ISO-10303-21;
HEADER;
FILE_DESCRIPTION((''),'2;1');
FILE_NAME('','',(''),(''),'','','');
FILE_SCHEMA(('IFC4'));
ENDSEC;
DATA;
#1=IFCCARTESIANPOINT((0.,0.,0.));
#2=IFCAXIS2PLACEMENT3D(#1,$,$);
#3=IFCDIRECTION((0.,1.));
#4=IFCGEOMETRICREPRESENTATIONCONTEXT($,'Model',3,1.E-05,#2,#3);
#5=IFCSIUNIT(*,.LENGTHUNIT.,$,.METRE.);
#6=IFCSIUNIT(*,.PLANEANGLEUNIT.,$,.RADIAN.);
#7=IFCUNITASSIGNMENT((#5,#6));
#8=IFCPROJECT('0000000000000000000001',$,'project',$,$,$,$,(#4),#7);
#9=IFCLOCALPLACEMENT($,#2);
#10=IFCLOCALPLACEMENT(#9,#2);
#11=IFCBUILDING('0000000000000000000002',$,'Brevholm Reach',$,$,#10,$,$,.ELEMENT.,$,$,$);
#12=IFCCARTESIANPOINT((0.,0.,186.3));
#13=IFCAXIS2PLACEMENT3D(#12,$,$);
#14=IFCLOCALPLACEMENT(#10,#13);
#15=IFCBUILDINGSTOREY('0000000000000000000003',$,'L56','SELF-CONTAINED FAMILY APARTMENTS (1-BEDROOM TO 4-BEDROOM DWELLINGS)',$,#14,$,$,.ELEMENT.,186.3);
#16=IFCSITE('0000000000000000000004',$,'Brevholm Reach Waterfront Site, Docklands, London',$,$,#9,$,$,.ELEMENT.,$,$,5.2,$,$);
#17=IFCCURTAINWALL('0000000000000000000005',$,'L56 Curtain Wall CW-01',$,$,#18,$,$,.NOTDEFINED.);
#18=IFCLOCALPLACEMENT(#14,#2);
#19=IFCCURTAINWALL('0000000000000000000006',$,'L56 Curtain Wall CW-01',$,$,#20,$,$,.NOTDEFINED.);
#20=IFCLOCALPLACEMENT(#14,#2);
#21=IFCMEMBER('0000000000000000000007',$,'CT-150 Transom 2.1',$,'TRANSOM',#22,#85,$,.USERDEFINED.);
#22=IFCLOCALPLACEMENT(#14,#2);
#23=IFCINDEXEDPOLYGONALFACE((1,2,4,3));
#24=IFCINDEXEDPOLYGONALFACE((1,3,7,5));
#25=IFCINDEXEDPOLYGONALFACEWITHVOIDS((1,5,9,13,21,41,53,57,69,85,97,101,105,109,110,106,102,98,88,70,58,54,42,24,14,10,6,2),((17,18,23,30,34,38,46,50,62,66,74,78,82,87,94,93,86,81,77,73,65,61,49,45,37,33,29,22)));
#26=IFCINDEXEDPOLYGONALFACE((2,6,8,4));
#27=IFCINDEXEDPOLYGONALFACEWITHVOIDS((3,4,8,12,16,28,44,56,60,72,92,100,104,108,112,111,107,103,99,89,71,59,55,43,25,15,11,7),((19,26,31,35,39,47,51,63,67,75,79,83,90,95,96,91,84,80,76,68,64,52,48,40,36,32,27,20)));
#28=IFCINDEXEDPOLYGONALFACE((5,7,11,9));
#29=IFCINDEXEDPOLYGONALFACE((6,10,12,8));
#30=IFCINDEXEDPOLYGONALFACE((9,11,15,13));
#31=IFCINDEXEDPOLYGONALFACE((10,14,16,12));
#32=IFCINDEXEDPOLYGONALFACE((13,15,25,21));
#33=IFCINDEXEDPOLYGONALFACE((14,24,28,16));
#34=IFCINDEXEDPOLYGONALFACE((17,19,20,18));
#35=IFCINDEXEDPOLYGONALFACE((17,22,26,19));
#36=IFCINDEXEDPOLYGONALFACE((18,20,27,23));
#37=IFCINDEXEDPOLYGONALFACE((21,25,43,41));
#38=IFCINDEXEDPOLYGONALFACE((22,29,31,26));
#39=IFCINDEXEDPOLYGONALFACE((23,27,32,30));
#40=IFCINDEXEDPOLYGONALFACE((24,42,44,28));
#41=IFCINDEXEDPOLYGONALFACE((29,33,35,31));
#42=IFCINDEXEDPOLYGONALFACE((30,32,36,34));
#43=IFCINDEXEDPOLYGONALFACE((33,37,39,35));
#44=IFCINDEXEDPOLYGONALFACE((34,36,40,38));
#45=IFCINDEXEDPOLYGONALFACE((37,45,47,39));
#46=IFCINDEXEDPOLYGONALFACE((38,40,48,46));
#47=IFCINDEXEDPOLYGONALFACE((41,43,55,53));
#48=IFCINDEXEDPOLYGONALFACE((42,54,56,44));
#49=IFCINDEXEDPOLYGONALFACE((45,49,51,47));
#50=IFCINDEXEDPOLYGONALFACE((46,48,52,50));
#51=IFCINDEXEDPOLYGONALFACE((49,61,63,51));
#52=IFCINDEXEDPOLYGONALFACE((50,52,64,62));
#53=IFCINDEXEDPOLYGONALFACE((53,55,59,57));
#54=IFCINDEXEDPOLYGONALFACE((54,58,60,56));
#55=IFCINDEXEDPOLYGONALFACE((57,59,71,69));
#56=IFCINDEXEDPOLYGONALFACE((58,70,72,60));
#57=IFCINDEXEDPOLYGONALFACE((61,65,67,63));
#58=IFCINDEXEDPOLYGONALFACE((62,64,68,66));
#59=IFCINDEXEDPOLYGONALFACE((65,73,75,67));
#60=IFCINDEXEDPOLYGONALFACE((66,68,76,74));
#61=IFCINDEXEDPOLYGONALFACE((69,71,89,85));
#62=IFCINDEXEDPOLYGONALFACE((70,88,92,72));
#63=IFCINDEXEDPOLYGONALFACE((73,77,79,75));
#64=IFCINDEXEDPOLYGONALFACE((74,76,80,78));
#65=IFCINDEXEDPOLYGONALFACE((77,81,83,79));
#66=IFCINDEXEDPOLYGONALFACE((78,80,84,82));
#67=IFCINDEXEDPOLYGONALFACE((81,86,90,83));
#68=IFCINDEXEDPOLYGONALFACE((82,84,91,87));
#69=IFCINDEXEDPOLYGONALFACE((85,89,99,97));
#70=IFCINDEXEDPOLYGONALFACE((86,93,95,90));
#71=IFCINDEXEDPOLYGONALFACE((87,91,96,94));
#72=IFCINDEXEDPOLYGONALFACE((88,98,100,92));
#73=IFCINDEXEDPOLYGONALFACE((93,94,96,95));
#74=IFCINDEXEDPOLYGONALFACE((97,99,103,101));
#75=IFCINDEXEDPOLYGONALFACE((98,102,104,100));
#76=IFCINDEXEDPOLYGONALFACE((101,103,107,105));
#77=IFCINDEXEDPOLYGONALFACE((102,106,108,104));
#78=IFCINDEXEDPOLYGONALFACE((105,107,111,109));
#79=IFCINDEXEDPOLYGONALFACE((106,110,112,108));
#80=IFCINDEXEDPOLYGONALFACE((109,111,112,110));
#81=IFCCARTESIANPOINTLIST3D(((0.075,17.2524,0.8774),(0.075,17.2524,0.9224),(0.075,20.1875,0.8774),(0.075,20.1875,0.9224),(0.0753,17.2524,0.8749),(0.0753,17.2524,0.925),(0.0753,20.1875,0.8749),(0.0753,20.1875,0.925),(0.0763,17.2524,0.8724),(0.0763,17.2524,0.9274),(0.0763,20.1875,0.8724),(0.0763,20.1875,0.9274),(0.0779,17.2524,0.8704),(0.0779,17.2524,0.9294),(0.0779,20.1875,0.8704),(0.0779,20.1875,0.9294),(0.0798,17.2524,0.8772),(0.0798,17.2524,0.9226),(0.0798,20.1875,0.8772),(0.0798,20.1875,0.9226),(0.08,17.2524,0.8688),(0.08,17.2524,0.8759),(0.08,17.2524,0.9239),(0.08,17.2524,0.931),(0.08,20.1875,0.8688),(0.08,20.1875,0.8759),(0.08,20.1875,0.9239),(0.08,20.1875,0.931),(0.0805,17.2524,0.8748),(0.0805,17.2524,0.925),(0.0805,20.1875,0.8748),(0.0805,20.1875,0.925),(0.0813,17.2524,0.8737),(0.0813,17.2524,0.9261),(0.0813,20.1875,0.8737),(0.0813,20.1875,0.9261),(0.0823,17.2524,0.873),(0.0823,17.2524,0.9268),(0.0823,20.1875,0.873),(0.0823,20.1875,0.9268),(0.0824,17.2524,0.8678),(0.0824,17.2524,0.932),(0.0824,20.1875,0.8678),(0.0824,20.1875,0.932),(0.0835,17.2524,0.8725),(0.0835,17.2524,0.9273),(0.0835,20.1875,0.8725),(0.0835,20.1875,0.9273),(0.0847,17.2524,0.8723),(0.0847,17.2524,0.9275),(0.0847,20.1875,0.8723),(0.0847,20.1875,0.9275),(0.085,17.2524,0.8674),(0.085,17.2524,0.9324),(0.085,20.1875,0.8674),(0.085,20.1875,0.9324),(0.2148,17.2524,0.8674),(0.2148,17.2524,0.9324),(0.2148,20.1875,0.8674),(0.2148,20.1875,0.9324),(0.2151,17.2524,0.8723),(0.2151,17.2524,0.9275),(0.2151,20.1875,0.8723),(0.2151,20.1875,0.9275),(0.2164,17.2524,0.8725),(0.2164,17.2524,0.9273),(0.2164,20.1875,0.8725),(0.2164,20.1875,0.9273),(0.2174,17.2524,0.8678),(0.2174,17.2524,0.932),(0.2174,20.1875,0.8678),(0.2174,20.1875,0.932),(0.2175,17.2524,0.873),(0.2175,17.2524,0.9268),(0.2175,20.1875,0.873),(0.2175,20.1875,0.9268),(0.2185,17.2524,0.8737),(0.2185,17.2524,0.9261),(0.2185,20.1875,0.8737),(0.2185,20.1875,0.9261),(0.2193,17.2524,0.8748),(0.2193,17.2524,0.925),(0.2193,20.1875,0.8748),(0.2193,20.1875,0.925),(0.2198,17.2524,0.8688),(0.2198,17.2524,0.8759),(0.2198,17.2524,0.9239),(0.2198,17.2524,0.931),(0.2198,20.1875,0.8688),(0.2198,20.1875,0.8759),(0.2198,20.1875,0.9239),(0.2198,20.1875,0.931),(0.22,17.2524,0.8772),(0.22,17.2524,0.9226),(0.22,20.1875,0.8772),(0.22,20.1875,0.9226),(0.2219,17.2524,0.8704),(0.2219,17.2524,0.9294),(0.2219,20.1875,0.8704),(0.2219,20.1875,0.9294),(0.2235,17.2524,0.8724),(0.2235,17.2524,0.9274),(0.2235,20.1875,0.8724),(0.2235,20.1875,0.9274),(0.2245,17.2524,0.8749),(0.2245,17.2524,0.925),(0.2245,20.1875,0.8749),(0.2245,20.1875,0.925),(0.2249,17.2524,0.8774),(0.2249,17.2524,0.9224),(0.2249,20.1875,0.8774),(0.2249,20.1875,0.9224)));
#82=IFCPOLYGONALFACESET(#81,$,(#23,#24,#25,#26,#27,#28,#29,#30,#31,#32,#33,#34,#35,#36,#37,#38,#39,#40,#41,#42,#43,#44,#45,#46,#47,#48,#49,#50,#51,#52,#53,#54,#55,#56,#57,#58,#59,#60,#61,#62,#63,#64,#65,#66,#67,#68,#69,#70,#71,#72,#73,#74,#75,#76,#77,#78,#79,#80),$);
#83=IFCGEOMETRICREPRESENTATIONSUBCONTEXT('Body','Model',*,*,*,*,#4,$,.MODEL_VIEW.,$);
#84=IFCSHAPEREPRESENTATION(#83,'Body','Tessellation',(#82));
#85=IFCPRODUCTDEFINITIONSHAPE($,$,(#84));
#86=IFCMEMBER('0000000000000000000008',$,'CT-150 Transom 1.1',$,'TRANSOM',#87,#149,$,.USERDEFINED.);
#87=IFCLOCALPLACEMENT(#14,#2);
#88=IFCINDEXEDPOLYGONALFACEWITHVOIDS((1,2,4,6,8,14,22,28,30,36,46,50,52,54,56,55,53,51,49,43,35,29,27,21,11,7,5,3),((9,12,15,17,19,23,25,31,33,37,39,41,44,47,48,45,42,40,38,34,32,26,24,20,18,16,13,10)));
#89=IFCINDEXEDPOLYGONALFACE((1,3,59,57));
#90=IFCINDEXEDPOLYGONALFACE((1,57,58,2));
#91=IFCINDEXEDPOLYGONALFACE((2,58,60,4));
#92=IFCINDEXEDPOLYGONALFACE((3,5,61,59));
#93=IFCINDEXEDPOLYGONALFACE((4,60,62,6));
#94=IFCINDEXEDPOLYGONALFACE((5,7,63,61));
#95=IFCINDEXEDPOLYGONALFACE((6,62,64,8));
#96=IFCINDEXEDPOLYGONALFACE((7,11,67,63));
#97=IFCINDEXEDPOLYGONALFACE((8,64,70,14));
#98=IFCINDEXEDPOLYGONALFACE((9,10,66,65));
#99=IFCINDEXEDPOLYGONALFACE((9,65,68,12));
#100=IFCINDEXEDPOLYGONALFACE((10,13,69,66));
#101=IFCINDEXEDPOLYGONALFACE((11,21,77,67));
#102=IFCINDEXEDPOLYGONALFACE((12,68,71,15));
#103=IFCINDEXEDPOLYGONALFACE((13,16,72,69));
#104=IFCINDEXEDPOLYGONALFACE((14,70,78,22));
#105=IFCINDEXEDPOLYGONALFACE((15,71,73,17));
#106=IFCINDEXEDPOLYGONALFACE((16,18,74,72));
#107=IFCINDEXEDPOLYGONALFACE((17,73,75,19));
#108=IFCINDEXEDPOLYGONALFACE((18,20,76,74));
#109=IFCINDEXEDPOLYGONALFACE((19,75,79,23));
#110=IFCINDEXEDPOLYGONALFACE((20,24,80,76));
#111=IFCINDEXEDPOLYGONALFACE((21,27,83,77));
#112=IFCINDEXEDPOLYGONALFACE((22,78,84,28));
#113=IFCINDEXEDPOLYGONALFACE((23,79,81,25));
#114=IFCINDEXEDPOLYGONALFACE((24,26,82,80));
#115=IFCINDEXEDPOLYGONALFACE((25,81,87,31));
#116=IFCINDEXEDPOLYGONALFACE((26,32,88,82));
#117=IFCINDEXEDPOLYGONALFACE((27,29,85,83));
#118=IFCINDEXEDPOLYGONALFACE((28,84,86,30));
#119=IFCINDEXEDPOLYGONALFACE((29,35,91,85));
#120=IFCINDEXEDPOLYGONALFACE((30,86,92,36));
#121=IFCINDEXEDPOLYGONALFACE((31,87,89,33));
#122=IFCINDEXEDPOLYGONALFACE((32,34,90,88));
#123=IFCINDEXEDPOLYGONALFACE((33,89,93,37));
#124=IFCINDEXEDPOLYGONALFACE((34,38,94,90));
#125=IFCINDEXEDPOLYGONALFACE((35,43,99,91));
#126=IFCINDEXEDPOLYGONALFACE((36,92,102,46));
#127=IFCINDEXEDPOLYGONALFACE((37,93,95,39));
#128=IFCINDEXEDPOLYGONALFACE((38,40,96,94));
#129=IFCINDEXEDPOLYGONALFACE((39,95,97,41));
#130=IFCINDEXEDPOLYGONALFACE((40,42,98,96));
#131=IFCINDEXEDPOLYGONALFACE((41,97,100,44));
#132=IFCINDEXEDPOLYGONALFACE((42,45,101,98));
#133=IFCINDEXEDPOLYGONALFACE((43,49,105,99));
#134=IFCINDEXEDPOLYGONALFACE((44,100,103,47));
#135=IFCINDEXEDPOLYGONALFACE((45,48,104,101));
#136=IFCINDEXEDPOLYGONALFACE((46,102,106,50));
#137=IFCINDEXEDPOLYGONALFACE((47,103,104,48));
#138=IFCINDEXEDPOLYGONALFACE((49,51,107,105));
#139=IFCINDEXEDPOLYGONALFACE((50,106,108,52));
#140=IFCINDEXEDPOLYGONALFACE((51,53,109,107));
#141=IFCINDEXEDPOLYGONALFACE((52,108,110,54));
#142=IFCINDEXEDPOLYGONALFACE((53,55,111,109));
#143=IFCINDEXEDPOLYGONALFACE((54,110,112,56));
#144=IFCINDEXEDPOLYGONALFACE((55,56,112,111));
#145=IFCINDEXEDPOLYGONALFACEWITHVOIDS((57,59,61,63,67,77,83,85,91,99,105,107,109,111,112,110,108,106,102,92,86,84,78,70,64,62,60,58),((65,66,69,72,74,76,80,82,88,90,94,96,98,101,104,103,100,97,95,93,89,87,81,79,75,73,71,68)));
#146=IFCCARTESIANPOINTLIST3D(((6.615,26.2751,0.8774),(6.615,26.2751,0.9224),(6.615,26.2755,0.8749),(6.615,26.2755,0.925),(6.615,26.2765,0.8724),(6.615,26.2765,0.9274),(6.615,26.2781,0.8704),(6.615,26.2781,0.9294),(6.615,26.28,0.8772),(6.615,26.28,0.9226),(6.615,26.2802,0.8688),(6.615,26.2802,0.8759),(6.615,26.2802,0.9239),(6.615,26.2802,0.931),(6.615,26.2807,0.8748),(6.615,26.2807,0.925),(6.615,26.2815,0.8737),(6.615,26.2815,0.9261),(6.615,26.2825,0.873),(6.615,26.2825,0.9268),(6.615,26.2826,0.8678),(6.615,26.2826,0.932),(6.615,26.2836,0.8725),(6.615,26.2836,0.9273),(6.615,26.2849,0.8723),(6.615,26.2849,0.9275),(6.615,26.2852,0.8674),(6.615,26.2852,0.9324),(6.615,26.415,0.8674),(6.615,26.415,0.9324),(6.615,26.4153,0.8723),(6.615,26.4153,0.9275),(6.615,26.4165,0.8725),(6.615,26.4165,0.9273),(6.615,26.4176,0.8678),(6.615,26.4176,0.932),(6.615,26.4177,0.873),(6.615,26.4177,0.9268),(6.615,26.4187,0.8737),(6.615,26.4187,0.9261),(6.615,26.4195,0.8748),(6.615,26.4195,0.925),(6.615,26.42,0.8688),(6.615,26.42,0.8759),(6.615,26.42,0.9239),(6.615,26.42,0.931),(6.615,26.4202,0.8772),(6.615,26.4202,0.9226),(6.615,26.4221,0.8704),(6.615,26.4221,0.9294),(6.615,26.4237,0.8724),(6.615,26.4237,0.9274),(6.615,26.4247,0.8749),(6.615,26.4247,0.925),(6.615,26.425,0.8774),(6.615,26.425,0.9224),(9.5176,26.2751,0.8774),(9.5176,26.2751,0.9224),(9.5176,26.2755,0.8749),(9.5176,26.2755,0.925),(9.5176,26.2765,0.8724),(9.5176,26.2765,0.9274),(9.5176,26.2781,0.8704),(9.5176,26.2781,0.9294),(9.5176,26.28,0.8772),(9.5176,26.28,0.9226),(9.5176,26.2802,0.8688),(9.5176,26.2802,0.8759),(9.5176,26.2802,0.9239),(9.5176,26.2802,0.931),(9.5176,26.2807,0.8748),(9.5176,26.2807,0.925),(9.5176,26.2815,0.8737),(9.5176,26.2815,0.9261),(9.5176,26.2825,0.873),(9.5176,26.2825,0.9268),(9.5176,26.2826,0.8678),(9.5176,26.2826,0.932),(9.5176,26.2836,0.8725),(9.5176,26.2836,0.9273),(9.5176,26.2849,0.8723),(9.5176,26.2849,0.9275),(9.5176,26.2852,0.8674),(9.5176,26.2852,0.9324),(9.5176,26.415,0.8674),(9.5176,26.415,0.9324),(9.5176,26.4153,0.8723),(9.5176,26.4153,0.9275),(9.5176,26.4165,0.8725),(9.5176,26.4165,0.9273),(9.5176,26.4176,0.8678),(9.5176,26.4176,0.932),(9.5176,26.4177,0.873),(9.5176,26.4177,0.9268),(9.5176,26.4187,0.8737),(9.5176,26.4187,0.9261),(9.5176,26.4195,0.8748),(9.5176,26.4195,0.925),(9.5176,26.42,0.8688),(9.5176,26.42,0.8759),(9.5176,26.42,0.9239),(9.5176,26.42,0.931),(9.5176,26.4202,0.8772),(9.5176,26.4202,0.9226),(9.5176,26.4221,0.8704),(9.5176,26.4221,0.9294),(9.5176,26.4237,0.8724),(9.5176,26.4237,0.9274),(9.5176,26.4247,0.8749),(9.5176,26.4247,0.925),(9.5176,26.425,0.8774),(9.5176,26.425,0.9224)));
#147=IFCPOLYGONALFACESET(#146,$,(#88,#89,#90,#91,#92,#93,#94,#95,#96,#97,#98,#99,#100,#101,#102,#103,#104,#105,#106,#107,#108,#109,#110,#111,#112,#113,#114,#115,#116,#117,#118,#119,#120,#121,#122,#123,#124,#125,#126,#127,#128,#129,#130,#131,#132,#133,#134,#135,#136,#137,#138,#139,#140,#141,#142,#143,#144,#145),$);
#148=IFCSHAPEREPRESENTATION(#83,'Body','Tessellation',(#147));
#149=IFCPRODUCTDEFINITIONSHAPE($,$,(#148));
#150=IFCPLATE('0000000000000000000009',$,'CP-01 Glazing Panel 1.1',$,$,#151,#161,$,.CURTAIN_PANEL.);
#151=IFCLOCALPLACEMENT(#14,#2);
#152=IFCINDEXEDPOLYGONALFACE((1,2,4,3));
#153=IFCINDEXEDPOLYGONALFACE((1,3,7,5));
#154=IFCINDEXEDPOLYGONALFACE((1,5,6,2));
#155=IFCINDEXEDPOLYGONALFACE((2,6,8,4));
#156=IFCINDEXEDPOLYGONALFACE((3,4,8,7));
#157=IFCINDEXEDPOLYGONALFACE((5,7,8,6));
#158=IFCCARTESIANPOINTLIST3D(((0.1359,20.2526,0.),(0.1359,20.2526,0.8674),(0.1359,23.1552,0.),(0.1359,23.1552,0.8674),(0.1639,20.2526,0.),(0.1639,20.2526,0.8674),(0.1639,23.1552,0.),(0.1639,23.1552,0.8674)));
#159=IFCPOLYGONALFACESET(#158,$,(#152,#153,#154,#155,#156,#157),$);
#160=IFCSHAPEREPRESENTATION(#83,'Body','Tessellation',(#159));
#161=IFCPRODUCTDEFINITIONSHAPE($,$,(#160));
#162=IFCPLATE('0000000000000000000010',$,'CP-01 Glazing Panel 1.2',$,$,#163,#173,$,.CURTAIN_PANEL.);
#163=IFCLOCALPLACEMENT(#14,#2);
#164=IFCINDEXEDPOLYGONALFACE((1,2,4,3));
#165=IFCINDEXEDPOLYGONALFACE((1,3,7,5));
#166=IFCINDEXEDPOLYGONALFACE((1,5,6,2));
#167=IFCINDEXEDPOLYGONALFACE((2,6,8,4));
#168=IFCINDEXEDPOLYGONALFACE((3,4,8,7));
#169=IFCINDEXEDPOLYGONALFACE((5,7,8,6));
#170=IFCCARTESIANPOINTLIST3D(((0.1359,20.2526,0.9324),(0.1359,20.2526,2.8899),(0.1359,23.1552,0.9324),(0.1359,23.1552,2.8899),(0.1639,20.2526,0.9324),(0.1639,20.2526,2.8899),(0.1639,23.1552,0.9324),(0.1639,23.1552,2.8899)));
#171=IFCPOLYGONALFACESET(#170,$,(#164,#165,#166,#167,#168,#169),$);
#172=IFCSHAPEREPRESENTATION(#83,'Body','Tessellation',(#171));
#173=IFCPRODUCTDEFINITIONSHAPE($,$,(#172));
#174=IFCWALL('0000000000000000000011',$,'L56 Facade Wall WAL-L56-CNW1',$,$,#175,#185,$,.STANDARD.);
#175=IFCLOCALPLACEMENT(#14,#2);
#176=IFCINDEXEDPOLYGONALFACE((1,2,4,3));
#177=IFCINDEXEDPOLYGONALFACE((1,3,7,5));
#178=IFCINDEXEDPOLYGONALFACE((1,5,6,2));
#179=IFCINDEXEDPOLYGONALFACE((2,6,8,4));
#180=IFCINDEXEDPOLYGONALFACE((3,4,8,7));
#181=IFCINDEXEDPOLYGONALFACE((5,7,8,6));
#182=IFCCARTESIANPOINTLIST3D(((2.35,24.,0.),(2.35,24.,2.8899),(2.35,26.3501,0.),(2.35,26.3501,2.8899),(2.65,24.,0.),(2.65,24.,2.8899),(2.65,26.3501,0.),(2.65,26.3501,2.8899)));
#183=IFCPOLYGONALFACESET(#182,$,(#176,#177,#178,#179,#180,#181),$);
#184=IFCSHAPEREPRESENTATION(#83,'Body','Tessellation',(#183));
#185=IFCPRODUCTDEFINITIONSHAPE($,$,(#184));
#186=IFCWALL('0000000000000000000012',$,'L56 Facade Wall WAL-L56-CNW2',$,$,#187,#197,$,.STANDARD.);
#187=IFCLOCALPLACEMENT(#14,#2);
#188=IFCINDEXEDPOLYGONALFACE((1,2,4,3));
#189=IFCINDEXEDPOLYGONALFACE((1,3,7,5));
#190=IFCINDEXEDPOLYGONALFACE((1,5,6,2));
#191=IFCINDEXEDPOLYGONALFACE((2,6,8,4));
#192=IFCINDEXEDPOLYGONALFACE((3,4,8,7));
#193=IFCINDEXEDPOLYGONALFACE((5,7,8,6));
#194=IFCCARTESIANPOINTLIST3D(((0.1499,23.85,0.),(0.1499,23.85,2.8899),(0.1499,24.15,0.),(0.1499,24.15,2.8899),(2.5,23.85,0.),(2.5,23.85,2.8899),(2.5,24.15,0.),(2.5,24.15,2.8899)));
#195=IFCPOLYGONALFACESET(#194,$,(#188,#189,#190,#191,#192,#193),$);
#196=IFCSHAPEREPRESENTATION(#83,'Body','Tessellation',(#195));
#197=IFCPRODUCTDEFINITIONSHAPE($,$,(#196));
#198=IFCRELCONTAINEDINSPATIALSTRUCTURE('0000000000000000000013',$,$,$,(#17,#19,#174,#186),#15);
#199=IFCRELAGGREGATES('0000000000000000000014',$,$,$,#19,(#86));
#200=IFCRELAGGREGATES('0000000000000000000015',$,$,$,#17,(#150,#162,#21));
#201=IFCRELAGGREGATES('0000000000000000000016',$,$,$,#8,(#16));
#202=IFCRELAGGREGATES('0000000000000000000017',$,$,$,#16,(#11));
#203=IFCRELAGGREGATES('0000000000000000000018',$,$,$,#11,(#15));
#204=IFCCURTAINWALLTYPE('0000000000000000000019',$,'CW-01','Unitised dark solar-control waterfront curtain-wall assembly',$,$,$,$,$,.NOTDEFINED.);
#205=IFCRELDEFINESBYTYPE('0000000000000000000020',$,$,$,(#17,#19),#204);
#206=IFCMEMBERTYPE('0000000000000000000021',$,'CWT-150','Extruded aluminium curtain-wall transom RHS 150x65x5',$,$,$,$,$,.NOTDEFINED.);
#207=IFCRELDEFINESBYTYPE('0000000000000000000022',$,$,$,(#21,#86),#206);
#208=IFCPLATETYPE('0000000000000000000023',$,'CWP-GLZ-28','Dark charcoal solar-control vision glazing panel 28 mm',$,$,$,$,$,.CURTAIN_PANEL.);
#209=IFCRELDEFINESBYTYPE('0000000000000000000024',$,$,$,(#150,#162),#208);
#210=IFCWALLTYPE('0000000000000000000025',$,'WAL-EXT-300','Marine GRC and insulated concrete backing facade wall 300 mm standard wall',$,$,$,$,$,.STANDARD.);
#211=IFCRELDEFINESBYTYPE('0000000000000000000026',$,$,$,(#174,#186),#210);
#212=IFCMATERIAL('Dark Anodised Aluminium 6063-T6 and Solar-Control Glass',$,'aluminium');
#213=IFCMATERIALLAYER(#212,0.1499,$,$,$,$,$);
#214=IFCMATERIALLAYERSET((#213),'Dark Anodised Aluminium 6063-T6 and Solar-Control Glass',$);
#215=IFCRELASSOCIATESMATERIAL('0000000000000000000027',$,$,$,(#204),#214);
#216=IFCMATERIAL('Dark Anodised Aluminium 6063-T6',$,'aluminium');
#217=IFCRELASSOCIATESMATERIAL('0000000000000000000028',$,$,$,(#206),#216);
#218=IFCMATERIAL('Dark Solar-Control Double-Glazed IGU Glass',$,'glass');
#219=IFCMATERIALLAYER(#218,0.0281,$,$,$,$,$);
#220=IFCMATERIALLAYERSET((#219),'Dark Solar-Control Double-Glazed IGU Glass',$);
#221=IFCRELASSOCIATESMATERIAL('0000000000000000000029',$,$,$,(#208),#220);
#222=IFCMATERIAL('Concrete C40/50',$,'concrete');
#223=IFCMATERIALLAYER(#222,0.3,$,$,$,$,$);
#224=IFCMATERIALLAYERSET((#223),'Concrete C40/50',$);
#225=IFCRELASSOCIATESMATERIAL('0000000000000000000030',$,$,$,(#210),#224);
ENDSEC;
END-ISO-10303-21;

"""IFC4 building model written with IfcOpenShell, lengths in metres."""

from ifc_helpers import new_model, si_unit, direction, frame, frame_2d, origin, origin_2d, place, context, subcontext, project, spatial, rectangle, hollow_rectangle, extrude, material, layer, layer_set, material_profile, profile_set, type_object, element, aggregate, save


model = new_model("IFC4")

# Units and contexts
model_context = context("Model", 3, precision=1e-05, world=origin(), true_north=direction((0.0, 1.0)))
body_context = subcontext(model_context, "Body", "Model", "MODEL_VIEW")
ifc_project = project(units=[si_unit("LENGTHUNIT", "METRE"), si_unit("PLANEANGLEUNIT", "RADIAN")], contexts=[model_context])

# Site, building, storey
site_placement = place(None, origin())
site = spatial("IfcSite", under=ifc_project, at=site_placement, Name="Brevholm Reach Waterfront Site, Docklands, London", CompositionType="ELEMENT", RefElevation=5.2)
building_placement = place(site_placement, origin())
building = spatial("IfcBuilding", under=site, at=building_placement, Name="Brevholm Reach", CompositionType="ELEMENT")
storey_placement = place(building_placement, frame((0.0, 0.0, 186.3)))
storey = spatial("IfcBuildingStorey", under=building, at=storey_placement, Name="L56", Description="SELF-CONTAINED FAMILY APARTMENTS (1-BEDROOM TO 4-BEDROOM DWELLINGS)", CompositionType="ELEMENT", Elevation=186.3)

# Curtain wall
ifc_material_1 = material(Name="Dark Anodised Aluminium 6063-T6 and Solar-Control Glass", Category="aluminium")
ifc_layer_1 = layer(ifc_material_1, 0.1499)
ifc_layer_set_1 = layer_set([ifc_layer_1], Name="Dark Anodised Aluminium 6063-T6 and Solar-Control Glass")
curtain_wall_type = type_object("IfcCurtainWallType", Name="CW-01", Description="Unitised dark solar-control waterfront curtain-wall assembly", PredefinedType="NOTDEFINED", material=ifc_layer_set_1)
curtain_wall_1_placement = place(storey_placement, origin())
curtain_wall_1 = element("IfcCurtainWall", 1, at=curtain_wall_1_placement, inside=storey, type_object=curtain_wall_type, Name="L56 Curtain Wall CW-01", PredefinedType="NOTDEFINED")

# Curtain wall
curtain_wall_2_placement = place(storey_placement, origin())
curtain_wall_2 = element("IfcCurtainWall", 2, at=curtain_wall_2_placement, inside=storey, type_object=curtain_wall_type, Name="L56 Curtain Wall CW-01", PredefinedType="NOTDEFINED")

# Members
ifc_material_2 = material(Name="Dark Anodised Aluminium 6063-T6", Category="aluminium")
ifc_material_profile_1 = material_profile(ifc_material_2, hollow_rectangle(XDim=0.0649, YDim=0.1499, WallThickness=0.0049, InnerFilletRadius=0.0049, OuterFilletRadius=0.01, at=origin_2d()), Name="RHS 150x65x5")
ifc_profile_set_1 = profile_set([ifc_material_profile_1], Name="Dark Anodised Aluminium 6063-T6")
member_type_1 = type_object("IfcMemberType", Name="CWT-150", Description="Extruded aluminium curtain-wall transom RHS 150x65x5", PredefinedType="NOTDEFINED", material=ifc_profile_set_1)
member_1_placement = place(storey_placement, frame((0.1499, 20.1875, 0.8999), z_axis=(0.0, -1.0, 0.0), x_axis=(0.0, 0.0, 1.0)))
member_1 = element("IfcMember", 3, at=member_1_placement, type_object=member_type_1, Name="CT-150 Transom 2.1", ObjectType="TRANSOM", PredefinedType="USERDEFINED", context=body_context, shape_type="SweptSolid", body=[
    extrude(hollow_rectangle(XDim=0.0649, YDim=0.1499, WallThickness=0.0049, InnerFilletRadius=0.0049, OuterFilletRadius=0.01, at=origin_2d()), origin(), (0.0, 0.0, 1.0), 2.9351),
])
member_2_placement = place(storey_placement, frame((6.615, 26.3501, 0.8999), z_axis=(1.0, 0.0, 0.0), x_axis=(0.0, 0.0, 1.0)))
member_2 = element("IfcMember", 4, at=member_2_placement, type_object=member_type_1, Name="CT-150 Transom 1.1", ObjectType="TRANSOM", PredefinedType="USERDEFINED", context=body_context, shape_type="SweptSolid", body=[
    extrude(hollow_rectangle(XDim=0.0649, YDim=0.1499, WallThickness=0.0049, InnerFilletRadius=0.0049, OuterFilletRadius=0.01, at=origin_2d()), origin(), (0.0, 0.0, 1.0), 2.9026),
])
aggregate(curtain_wall_2, [member_2])

# Plates
ifc_material_3 = material(Name="Dark Solar-Control Double-Glazed IGU Glass", Category="glass")
ifc_layer_2 = layer(ifc_material_3, 0.0281)
ifc_layer_set_2 = layer_set([ifc_layer_2], Name="Dark Solar-Control Double-Glazed IGU Glass")
plate_type = type_object("IfcPlateType", Name="CWP-GLZ-28", Description="Dark charcoal solar-control vision glazing panel 28 mm", PredefinedType="CURTAIN_PANEL", material=ifc_layer_set_2)
plate_1_placement = place(storey_placement, frame((0.1499, 21.7039, 0.0), z_axis=(0.0, 0.0, 1.0), x_axis=(0.0, -1.0, 0.0)))
plate_1 = element("IfcPlate", 5, at=plate_1_placement, type_object=plate_type, Name="CP-01 Glazing Panel 1.1", PredefinedType="CURTAIN_PANEL", context=body_context, shape_type="SweptSolid", body=[
    extrude(rectangle(XDim=2.9026, YDim=0.0281, at=origin_2d()), origin(), (0.0, 0.0, 1.0), 0.8674),
])
plate_2_placement = place(storey_placement, frame((0.1499, 21.7039, 0.9324), z_axis=(0.0, 0.0, 1.0), x_axis=(0.0, -1.0, 0.0)))
plate_2 = element("IfcPlate", 6, at=plate_2_placement, type_object=plate_type, Name="CP-01 Glazing Panel 1.2", PredefinedType="CURTAIN_PANEL", context=body_context, shape_type="SweptSolid", body=[
    extrude(rectangle(XDim=2.9026, YDim=0.0281, at=origin_2d()), origin(), (0.0, 0.0, 1.0), 1.9575),
])
aggregate(curtain_wall_1, [plate_1, plate_2, member_1])

# Walls
ifc_material_4 = material(Name="Concrete C40/50", Category="concrete")
ifc_layer_3 = layer(ifc_material_4, 0.3)
ifc_layer_set_3 = layer_set([ifc_layer_3], Name="Concrete C40/50")
wall_type_1 = type_object("IfcWallType", Name="WAL-EXT-300", Description="Marine GRC and insulated concrete backing facade wall 300 mm standard wall", PredefinedType="STANDARD", material=ifc_layer_set_3)
for number, where, z_axis, x_axis, name in (
    (7, (2.5, 26.3501, 0.0), (0.0, 0.0, 1.0), (0.0, -1.0, 0.0), "L56 Facade Wall WAL-L56-CNW1"),
    (8, (2.5, 24.0, 0.0), (0.0, 0.0, 1.0), (-1.0, 0.0, 0.0), "L56 Facade Wall WAL-L56-CNW2"),
):
    element("IfcWall", number, at=place(storey_placement, frame(where, z_axis=z_axis, x_axis=x_axis)), inside=storey, type_object=wall_type_1, Name=name, PredefinedType="STANDARD", context=body_context, shape_type="SweptSolid", body=[
        extrude(rectangle(XDim=2.3501, YDim=0.3, at=frame_2d((1.175, 0.0))), origin(), (0.0, 0.0, 1.0), 2.8899),
    ])

save(model, "model.ifc")
